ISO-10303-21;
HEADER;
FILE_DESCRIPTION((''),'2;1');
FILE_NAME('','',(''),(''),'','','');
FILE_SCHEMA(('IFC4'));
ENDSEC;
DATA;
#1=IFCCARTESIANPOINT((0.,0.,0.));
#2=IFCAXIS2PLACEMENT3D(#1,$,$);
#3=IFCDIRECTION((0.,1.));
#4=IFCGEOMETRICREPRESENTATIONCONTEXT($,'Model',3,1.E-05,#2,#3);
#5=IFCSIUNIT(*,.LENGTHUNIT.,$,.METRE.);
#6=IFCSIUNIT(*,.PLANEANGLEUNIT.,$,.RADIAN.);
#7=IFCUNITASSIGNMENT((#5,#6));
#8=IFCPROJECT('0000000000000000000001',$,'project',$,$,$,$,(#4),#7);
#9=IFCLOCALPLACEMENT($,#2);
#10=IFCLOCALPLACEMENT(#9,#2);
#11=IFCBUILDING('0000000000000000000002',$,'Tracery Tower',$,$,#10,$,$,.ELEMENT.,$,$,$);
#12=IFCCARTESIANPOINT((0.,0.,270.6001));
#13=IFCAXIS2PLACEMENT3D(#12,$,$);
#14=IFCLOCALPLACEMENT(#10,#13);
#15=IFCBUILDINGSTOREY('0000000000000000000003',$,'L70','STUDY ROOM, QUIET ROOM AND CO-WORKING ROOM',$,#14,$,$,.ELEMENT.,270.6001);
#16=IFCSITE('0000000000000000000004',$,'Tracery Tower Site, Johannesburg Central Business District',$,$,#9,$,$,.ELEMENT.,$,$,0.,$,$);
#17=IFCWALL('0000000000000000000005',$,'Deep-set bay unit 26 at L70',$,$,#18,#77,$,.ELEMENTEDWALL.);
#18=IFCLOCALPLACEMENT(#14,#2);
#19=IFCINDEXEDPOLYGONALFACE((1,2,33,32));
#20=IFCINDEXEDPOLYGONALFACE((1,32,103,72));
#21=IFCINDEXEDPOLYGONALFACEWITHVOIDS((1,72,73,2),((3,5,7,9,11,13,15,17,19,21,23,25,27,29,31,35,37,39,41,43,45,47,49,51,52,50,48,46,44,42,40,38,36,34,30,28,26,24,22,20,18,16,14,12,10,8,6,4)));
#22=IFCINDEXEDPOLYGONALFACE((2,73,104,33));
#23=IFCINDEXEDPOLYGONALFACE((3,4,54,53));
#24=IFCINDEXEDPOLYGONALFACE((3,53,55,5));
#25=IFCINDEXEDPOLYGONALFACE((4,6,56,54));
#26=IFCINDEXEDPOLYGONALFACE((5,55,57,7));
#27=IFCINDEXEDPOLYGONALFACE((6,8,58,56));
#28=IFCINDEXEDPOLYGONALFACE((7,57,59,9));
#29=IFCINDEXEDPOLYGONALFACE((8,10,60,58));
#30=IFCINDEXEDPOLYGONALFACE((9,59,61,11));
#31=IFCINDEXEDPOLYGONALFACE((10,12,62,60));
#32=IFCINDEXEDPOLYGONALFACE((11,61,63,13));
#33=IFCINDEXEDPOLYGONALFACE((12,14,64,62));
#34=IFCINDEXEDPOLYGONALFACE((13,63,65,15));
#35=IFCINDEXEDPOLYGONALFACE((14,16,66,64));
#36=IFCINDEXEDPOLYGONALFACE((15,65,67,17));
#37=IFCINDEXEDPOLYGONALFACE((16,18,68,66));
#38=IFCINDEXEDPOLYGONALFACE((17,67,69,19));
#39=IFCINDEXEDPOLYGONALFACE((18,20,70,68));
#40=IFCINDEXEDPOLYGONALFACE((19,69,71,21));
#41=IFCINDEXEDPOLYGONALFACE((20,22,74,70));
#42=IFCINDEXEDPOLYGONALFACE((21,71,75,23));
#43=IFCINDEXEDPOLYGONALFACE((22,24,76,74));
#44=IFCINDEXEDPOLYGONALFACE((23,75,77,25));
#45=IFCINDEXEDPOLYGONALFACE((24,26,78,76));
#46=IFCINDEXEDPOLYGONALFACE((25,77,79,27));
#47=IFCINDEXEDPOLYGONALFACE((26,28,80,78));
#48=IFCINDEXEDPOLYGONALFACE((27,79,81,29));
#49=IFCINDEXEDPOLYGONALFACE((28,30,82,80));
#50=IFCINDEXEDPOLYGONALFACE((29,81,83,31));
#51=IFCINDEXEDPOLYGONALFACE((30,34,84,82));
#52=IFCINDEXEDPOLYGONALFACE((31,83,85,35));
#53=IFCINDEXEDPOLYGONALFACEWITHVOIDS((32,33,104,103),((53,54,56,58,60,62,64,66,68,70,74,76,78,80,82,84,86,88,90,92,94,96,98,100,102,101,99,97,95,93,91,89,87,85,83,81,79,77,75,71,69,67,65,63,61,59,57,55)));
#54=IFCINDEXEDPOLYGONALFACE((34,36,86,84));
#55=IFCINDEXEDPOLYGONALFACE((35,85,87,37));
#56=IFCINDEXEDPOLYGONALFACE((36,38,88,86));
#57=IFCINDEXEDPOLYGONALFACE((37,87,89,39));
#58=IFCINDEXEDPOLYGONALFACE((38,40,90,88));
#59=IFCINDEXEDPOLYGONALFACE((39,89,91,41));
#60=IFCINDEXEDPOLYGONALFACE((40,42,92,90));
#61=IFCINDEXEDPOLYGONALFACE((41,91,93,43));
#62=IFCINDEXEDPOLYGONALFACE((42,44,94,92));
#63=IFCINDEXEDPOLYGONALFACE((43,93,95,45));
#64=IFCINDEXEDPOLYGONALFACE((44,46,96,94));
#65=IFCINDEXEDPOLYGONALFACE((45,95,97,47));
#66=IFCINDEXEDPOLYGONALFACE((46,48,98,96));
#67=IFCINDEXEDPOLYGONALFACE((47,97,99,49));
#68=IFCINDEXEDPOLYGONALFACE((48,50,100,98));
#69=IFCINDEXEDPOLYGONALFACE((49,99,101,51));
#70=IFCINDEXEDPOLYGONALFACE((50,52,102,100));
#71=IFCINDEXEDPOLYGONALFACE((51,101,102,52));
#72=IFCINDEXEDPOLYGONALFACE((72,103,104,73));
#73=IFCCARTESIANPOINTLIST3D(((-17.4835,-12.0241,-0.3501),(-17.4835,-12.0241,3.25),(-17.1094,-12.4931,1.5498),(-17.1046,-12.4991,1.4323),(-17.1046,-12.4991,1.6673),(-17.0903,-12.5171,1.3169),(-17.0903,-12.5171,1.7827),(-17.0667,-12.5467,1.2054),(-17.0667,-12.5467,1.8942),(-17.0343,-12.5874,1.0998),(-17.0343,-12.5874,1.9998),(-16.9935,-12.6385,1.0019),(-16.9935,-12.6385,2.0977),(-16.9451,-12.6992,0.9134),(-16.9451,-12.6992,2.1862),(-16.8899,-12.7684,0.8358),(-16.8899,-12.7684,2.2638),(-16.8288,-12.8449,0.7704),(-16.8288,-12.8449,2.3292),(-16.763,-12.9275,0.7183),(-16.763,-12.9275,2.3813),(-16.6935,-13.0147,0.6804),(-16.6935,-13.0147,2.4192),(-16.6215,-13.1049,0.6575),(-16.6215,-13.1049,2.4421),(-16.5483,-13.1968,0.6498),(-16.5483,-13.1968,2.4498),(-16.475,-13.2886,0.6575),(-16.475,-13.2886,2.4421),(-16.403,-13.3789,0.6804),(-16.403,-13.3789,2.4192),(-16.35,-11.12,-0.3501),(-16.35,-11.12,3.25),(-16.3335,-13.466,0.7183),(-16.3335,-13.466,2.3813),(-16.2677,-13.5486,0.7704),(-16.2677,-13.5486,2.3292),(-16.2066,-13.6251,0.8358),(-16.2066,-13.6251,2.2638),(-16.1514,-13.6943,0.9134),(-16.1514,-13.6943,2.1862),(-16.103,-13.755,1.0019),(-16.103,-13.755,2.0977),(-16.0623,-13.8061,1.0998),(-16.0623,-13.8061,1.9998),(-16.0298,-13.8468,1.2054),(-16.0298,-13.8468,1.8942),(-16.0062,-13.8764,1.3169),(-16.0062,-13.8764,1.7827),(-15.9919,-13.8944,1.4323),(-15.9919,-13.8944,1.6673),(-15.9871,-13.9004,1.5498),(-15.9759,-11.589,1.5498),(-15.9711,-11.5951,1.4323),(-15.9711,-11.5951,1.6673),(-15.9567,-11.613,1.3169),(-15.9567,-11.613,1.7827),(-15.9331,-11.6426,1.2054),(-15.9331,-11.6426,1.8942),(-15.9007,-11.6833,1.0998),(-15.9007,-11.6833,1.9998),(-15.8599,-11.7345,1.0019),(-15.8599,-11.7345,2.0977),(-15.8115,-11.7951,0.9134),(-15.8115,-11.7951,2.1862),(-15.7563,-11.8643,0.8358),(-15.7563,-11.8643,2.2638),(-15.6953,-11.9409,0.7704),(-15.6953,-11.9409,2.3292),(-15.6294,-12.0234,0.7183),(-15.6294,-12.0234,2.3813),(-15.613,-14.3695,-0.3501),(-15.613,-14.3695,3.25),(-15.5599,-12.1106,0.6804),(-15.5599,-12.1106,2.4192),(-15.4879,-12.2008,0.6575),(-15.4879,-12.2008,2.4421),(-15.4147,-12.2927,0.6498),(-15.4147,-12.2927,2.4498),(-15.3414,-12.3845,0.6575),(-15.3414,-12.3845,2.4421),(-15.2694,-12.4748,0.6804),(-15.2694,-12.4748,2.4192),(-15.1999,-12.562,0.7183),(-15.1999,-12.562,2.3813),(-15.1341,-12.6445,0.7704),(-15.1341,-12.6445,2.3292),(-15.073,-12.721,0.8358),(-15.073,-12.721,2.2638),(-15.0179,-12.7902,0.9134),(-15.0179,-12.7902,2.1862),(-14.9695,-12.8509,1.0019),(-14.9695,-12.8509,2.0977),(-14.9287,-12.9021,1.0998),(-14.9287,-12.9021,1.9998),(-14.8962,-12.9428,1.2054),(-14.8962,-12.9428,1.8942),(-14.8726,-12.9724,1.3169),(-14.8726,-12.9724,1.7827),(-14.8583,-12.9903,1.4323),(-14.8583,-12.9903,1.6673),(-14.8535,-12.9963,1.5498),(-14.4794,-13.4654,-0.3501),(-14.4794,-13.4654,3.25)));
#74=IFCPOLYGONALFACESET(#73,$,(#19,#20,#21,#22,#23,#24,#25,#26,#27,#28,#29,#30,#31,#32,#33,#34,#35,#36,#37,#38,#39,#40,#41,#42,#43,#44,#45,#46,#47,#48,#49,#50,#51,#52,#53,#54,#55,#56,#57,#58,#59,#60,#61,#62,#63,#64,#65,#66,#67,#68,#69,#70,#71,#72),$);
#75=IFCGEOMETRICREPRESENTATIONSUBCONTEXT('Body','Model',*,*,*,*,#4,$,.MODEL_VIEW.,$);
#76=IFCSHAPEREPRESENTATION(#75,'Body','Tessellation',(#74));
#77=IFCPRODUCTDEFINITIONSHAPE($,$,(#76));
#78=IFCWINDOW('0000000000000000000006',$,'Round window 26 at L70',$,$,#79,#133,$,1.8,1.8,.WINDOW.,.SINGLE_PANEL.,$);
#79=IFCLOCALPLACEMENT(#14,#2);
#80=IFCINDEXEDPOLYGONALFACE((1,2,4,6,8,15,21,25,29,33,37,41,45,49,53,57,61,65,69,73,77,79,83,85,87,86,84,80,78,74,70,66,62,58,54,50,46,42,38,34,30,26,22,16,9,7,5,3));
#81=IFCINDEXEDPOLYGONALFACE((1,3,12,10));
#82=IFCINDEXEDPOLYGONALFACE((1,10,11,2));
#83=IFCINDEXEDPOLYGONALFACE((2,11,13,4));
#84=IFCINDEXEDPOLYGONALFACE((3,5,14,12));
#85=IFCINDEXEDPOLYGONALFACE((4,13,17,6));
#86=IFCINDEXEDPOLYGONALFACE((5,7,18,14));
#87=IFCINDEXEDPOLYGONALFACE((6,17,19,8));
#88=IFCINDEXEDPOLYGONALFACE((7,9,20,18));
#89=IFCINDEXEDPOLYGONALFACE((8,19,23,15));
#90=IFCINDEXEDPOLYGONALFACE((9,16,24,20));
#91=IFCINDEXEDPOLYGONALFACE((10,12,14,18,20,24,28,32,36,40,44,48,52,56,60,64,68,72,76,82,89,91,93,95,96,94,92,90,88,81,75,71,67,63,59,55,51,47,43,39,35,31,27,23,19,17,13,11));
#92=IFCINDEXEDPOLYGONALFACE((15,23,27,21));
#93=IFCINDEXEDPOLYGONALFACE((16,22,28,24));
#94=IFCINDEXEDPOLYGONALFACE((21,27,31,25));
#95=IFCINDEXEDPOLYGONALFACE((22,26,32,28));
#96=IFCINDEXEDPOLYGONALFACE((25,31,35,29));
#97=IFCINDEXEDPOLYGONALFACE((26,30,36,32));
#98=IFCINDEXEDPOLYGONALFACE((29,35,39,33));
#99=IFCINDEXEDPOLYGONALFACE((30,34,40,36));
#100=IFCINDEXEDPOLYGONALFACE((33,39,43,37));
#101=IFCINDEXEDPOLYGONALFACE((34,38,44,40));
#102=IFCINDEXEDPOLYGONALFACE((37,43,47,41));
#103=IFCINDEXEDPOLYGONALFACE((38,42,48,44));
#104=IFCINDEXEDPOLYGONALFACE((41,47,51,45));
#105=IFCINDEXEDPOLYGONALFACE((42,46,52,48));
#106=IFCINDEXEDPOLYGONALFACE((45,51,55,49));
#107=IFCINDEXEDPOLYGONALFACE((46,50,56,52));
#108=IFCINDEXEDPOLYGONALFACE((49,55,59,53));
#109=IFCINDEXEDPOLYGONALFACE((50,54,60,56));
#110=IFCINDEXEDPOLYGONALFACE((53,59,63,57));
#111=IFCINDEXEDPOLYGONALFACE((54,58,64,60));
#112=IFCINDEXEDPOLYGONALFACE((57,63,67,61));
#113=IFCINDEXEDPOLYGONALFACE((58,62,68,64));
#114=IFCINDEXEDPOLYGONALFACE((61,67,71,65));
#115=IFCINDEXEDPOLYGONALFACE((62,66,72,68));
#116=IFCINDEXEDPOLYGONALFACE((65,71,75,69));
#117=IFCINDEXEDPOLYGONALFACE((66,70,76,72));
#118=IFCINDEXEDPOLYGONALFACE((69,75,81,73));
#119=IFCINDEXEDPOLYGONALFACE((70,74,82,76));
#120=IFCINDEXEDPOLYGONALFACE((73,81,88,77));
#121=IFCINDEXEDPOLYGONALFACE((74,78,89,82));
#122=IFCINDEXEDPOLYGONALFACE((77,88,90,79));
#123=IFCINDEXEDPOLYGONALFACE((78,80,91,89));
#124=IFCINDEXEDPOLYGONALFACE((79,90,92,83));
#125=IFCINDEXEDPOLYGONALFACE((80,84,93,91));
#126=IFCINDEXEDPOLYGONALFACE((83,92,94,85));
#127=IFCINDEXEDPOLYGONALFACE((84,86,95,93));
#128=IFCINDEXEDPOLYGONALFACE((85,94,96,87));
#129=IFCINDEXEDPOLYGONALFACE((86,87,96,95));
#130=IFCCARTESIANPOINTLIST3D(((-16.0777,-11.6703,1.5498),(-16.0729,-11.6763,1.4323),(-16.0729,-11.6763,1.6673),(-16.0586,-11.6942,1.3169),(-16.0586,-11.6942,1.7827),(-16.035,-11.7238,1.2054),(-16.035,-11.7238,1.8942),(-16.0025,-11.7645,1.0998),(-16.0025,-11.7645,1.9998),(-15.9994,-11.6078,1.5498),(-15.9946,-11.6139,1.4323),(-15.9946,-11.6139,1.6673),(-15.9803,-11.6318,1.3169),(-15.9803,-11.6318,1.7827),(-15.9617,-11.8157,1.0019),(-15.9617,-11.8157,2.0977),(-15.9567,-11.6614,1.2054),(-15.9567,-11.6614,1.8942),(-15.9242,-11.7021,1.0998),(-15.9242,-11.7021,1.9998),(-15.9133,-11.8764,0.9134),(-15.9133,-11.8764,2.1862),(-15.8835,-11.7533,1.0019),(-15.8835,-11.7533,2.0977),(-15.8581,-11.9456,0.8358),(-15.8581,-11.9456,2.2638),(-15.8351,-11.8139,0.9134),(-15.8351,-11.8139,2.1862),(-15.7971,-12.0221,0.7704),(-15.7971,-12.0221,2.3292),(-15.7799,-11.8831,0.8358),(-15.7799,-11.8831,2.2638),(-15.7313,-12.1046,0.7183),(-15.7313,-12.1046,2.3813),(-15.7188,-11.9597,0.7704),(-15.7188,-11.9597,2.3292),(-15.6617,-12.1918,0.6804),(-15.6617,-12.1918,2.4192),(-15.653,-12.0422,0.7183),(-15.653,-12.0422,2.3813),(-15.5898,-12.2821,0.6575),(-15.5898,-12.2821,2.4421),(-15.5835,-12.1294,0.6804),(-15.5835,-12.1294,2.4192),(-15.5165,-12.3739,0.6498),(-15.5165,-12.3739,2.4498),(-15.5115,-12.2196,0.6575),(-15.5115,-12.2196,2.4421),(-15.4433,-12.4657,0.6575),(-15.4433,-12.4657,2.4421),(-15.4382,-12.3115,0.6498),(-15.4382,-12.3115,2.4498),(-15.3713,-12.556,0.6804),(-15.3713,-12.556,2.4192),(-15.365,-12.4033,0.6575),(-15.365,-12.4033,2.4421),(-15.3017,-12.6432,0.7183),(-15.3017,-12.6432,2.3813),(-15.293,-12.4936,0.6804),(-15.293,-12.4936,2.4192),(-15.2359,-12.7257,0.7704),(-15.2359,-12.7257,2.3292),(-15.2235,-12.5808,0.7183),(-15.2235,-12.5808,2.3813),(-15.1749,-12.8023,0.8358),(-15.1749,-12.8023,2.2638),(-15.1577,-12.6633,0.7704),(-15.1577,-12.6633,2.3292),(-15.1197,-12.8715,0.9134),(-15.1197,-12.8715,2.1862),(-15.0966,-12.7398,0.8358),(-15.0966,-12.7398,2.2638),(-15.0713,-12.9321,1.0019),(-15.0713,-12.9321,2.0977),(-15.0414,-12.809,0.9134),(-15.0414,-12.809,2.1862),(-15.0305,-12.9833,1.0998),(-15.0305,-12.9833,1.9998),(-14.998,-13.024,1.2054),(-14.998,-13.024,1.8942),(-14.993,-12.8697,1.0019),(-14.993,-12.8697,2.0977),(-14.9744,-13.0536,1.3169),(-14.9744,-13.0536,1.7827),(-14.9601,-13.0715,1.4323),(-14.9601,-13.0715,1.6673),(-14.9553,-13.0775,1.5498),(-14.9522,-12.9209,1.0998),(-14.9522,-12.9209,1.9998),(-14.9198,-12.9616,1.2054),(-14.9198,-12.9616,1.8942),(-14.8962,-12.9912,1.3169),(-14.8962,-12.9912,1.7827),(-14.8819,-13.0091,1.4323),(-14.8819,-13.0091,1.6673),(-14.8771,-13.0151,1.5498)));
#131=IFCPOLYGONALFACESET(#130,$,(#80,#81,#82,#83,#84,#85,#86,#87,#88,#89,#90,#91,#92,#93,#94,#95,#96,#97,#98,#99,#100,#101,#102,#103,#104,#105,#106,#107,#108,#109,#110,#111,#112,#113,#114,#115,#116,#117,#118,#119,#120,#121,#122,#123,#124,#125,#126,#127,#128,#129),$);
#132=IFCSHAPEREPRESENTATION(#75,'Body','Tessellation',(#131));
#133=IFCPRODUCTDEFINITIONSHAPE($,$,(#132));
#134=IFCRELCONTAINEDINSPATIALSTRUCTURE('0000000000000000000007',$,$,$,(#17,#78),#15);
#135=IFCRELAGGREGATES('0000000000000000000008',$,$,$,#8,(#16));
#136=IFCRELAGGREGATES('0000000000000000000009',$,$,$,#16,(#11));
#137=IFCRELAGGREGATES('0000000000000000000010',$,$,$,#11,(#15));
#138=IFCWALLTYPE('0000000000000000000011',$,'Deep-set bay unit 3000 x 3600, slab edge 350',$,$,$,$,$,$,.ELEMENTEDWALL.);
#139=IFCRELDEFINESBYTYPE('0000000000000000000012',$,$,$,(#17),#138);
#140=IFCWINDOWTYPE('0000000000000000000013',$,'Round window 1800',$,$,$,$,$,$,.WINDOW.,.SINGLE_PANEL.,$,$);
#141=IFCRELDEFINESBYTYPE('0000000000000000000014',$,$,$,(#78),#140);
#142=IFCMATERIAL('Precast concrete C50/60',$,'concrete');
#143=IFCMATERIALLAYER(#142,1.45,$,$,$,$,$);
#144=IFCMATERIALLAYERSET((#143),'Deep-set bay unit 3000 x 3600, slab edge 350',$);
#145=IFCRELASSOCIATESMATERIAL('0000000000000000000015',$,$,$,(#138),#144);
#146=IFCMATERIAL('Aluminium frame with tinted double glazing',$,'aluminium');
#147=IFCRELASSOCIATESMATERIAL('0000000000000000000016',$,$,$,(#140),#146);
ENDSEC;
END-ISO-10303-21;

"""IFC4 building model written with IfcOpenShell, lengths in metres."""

from ifc_helpers import new_model, si_unit, direction, frame, frame_2d, origin, origin_2d, place, context, subcontext, project, spatial, rectangle, circle, extrude, material, layer, layer_set, type_object, element, fill, save


model = new_model("IFC4")

# Units and contexts
model_context = context("Model", 3, precision=1e-05, world=origin(), true_north=direction((0.0, 1.0)))
body_context = subcontext(model_context, "Body", "Model", "MODEL_VIEW")
ifc_project = project(units=[si_unit("LENGTHUNIT", "METRE"), si_unit("PLANEANGLEUNIT", "RADIAN")], contexts=[model_context])

# Site, building, storey
site_placement = place(None, origin())
site = spatial("IfcSite", under=ifc_project, at=site_placement, Name="Tracery Tower Site, Johannesburg Central Business District", CompositionType="ELEMENT", RefElevation=0.0)
building_placement = place(site_placement, origin())
building = spatial("IfcBuilding", under=site, at=building_placement, Name="Tracery Tower", CompositionType="ELEMENT")
storey_placement = place(building_placement, frame((0.0, 0.0, 270.6001)))
storey = spatial("IfcBuildingStorey", under=building, at=storey_placement, Name="L70", Description="STUDY ROOM, QUIET ROOM AND CO-WORKING ROOM", CompositionType="ELEMENT", Elevation=270.6001)

# Wall, opening, window
ifc_material_1 = material(Name="Precast concrete C50/60", Category="concrete")
ifc_layer_1 = layer(ifc_material_1, 1.45)
ifc_layer_set_1 = layer_set([ifc_layer_1], Name="Deep-set bay unit 3000 x 3600, slab edge 350")
wall_type_1 = type_object("IfcWallType", Name="Deep-set bay unit 3000 x 3600, slab edge 350", PredefinedType="ELEMENTEDWALL", material=ifc_layer_set_1)
wall_1_placement = place(storey_placement, frame((-16.9167, -11.572, -0.3501), z_axis=(0.0, 0.0, 1.0), x_axis=(0.623523, -0.781805, 0.0)))
wall_1 = element("IfcWall", 1, at=wall_1_placement, inside=storey, type_object=wall_type_1, Name="Deep-set bay unit 26 at L70", PredefinedType="ELEMENTEDWALL", context=body_context, shape_type="SweptSolid", body=[
    extrude(rectangle(XDim=3.0, YDim=1.45, at=frame_2d((1.5, 0.0))), origin(), (0.0, 0.0, 1.0), 3.6001),
])
opening_1_placement = place(wall_1_placement, frame((1.5, 0.0, 1.8999)))
opening_1 = element("IfcOpeningElement", 2, at=opening_1_placement, cuts=wall_1, PredefinedType="OPENING", context=body_context, shape_type="SweptSolid", body=[
    extrude(circle(Radius=0.9, at=origin_2d()), frame((0.0, 0.7349, 0.0), z_axis=(0.0, -1.0, 0.0), x_axis=(1.0, 0.0, 0.0)), (0.0, 0.0, 1.0), 1.47),
])
ifc_material_2 = material(Name="Aluminium frame with tinted double glazing", Category="aluminium")
window_type = type_object("IfcWindowType", Name="Round window 1800", PartitioningType="SINGLE_PANEL", PredefinedType="WINDOW", material=ifc_material_2)
window_1_placement = place(opening_1_placement, origin())
window_1 = element("IfcWindow", 3, at=window_1_placement, inside=storey, type_object=window_type, Name="Round window 26 at L70", OverallHeight=1.8, OverallWidth=1.8, PartitioningType="SINGLE_PANEL", PredefinedType="WINDOW", context=body_context, shape_type="SweptSolid", body=[
    extrude(circle(Radius=0.9, at=origin_2d()), frame((0.0, 0.6948, 0.0), z_axis=(0.0, -1.0, 0.0), x_axis=(1.0, 0.0, 0.0)), (0.0, 0.0, 1.0), 0.1001),
])
fill(opening_1, window_1)

save(model, "model.ifc")
